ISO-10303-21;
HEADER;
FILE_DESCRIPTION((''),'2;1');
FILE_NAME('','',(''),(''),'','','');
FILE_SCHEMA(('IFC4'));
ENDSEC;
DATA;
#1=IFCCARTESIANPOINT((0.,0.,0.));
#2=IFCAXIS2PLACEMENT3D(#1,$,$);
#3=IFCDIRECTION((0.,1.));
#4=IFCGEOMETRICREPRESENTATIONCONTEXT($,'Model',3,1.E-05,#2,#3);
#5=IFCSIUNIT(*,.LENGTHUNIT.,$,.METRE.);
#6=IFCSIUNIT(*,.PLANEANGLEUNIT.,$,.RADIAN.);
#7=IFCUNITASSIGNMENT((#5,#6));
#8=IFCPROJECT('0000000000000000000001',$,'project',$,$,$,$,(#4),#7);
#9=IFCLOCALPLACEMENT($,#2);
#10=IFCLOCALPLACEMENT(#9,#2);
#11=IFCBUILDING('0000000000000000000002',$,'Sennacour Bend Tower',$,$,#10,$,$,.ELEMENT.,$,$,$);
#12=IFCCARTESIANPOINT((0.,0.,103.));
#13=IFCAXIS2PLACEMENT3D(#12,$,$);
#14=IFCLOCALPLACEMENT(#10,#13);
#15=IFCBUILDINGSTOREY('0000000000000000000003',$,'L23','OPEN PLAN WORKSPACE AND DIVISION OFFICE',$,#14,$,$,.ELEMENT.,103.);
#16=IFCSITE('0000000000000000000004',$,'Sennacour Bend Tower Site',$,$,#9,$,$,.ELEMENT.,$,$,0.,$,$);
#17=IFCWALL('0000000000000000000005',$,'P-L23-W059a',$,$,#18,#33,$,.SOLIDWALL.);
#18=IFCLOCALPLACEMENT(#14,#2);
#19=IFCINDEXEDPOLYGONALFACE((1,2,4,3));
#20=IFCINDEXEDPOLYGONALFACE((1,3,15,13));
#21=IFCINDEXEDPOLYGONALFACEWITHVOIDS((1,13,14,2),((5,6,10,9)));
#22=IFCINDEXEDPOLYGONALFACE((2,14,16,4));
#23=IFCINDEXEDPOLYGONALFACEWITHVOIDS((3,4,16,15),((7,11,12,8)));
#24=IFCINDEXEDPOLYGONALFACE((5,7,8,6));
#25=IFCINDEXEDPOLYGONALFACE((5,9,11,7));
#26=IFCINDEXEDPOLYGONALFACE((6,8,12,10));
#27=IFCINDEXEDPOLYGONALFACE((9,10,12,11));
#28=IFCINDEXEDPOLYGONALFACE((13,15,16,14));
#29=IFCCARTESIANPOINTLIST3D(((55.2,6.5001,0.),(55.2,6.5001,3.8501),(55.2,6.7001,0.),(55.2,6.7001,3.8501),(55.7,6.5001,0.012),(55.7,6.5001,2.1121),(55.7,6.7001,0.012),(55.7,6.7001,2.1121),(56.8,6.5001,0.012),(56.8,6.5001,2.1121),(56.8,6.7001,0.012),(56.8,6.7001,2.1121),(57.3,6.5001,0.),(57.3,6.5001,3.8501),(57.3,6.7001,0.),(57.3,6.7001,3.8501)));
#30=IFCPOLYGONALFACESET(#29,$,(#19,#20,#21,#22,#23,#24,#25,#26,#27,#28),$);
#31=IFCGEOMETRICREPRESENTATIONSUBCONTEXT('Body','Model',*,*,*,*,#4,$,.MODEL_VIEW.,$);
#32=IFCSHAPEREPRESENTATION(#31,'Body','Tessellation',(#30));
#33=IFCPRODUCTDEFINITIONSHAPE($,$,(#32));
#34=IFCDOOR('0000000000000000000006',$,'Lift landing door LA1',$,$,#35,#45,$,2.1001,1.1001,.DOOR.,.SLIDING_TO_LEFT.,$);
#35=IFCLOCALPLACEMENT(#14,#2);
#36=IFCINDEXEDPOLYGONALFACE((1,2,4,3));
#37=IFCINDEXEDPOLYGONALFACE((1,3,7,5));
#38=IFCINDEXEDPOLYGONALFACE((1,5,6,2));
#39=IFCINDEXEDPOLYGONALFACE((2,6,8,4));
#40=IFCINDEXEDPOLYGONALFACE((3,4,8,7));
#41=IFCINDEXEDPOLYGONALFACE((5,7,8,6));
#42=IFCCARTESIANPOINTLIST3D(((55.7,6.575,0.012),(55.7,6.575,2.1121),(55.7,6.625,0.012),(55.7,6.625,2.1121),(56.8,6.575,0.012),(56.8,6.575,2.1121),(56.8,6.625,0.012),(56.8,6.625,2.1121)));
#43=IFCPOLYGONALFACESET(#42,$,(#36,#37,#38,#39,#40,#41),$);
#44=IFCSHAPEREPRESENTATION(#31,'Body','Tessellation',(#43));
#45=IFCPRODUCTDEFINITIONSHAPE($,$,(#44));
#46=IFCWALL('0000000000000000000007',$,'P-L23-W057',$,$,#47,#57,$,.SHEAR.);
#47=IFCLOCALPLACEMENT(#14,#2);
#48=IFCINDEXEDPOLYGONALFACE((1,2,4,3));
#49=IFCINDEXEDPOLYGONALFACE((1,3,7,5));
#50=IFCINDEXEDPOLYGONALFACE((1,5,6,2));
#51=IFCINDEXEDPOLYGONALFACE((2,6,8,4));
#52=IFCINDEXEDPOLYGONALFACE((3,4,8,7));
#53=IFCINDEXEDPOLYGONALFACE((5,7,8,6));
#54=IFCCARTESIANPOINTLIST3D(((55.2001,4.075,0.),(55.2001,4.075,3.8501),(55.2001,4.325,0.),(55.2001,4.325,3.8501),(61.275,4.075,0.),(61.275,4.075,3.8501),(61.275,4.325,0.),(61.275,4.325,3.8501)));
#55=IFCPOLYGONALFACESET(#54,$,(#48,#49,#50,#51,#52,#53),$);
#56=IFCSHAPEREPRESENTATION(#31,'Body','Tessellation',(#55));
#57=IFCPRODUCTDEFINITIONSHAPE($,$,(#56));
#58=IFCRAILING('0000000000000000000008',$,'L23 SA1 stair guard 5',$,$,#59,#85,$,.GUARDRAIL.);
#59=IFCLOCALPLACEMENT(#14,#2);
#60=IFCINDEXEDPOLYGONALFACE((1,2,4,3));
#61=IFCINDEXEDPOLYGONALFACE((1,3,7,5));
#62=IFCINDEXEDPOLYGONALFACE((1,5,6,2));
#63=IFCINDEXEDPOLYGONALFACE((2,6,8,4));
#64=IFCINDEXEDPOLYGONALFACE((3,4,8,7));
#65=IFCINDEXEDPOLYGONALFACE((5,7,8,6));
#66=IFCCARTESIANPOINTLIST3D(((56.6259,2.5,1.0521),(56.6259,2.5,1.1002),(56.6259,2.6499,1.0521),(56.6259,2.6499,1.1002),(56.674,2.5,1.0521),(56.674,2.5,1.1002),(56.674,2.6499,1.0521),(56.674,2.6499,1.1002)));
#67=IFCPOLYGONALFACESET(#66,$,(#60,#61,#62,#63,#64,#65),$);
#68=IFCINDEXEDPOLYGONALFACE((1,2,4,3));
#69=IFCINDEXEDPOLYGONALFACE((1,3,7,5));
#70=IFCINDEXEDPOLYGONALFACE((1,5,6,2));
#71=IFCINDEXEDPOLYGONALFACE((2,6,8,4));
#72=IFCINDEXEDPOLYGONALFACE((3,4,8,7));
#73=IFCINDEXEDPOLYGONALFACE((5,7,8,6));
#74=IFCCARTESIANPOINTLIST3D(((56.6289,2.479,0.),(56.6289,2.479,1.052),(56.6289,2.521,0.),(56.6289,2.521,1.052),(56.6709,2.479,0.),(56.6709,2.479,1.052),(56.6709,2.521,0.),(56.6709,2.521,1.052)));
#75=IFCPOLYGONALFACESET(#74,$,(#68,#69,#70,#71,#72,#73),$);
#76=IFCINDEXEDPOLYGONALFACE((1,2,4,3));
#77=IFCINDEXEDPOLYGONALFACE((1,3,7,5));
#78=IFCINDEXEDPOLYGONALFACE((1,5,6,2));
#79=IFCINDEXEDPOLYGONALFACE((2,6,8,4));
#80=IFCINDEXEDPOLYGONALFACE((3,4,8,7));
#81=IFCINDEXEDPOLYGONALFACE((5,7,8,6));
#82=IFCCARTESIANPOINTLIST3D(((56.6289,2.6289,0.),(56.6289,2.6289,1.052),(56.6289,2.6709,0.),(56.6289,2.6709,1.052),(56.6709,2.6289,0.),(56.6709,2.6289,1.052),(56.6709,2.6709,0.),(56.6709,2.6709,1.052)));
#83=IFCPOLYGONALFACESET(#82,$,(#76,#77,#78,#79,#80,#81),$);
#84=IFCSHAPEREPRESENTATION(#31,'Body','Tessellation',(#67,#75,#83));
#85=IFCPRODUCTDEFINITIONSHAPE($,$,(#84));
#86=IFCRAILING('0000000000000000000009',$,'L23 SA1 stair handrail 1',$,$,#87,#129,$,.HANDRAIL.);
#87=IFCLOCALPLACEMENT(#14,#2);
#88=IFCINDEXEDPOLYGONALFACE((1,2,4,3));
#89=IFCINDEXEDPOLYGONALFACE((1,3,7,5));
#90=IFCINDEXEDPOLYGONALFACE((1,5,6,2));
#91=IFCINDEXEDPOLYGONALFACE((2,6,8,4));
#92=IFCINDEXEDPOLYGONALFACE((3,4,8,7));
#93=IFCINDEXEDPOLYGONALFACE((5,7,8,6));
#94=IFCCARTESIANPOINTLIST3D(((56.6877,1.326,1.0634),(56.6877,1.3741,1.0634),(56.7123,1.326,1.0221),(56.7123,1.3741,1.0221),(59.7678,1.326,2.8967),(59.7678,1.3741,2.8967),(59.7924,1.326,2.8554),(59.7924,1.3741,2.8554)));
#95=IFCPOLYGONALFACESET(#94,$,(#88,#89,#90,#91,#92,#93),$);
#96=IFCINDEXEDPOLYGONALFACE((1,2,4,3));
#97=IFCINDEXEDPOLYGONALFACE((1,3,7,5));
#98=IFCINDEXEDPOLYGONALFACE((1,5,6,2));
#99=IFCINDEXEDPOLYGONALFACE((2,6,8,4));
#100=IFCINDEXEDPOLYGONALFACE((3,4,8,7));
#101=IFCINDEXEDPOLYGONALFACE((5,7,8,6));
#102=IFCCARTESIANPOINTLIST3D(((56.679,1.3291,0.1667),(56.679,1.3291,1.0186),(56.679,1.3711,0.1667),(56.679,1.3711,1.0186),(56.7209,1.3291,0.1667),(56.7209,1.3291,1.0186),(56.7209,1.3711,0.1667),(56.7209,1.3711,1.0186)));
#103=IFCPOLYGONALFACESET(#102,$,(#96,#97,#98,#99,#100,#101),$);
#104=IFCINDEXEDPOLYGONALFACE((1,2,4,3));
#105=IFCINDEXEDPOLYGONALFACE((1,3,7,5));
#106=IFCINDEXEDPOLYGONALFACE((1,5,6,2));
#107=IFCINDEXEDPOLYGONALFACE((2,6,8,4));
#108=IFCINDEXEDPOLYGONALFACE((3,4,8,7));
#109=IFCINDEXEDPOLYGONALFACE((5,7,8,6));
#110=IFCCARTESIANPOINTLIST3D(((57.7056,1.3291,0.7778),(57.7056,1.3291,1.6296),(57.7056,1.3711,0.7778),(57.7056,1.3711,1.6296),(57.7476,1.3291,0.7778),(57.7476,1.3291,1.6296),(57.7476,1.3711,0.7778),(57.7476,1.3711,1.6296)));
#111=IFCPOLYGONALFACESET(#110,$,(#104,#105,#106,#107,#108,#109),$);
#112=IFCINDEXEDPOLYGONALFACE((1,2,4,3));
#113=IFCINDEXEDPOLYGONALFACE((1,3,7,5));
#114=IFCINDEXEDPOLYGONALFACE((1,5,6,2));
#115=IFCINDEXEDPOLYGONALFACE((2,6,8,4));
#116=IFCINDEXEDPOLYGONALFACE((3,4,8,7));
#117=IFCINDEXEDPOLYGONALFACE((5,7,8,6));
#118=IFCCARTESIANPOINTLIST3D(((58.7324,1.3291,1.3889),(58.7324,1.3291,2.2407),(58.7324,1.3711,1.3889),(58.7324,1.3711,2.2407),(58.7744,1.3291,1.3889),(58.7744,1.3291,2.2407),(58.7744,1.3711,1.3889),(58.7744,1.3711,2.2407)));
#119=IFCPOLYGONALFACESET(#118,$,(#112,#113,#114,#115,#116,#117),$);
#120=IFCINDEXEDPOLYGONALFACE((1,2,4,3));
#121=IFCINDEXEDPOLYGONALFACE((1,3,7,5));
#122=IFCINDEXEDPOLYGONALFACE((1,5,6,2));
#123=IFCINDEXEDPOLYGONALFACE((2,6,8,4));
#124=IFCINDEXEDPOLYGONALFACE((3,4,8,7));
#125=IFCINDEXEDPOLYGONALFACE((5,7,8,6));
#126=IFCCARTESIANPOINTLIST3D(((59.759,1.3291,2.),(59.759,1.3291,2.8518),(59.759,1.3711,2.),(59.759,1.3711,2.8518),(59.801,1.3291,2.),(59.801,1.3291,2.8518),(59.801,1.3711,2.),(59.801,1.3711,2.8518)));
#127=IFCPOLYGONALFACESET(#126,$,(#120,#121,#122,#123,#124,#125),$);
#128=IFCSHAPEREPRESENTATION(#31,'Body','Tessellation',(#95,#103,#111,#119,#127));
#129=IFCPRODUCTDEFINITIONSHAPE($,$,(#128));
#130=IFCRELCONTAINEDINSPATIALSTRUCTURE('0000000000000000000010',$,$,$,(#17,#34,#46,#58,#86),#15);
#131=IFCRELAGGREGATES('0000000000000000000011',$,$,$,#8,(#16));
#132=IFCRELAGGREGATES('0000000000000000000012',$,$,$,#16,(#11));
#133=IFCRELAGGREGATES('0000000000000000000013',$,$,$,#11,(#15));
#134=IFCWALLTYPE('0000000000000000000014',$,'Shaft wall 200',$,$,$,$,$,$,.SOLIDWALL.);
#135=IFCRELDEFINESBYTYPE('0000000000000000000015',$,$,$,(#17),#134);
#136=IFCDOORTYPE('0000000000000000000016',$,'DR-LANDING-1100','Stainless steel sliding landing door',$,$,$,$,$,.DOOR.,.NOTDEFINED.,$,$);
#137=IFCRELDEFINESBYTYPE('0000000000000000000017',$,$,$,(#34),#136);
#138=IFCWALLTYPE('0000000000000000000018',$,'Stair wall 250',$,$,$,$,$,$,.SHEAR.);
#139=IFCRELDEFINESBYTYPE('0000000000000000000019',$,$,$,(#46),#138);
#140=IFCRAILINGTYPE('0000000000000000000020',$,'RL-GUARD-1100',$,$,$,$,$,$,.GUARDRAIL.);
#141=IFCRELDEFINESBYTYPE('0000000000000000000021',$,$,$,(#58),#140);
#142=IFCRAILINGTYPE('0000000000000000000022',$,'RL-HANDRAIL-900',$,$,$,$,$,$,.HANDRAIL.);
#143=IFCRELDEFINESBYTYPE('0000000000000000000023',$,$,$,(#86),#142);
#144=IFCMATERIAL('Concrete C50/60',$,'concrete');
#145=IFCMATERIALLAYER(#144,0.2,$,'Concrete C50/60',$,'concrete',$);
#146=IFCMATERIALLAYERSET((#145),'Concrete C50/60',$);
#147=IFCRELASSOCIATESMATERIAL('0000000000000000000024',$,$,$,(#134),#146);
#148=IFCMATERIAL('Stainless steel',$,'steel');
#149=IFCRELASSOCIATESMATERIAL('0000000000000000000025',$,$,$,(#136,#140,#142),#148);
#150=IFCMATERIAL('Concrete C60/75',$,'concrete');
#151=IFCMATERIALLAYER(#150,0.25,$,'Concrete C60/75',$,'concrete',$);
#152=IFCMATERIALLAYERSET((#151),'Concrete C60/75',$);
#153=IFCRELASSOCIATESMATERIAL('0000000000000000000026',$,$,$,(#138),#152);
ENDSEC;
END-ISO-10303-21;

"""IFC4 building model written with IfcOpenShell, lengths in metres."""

from ifc_helpers import new_model, si_unit, direction, frame, frame_2d, origin, origin_2d, place, context, subcontext, project, spatial, rectangle, extrude, material, layer, layer_set, type_object, element, fill, save


model = new_model("IFC4")

# Units and contexts
model_context = context("Model", 3, precision=1e-05, world=origin(), true_north=direction((0.0, 1.0)))
body_context = subcontext(model_context, "Body", "Model", "MODEL_VIEW")
ifc_project = project(units=[si_unit("LENGTHUNIT", "METRE"), si_unit("PLANEANGLEUNIT", "RADIAN")], contexts=[model_context])

# Site, building, storey
site_placement = place(None, origin())
site = spatial("IfcSite", under=ifc_project, at=site_placement, Name="Sennacour Bend Tower Site", CompositionType="ELEMENT", RefElevation=0.0)
building_placement = place(site_placement, origin())
building = spatial("IfcBuilding", under=site, at=building_placement, Name="Sennacour Bend Tower", CompositionType="ELEMENT")
storey_placement = place(building_placement, frame((0.0, 0.0, 103.0)))
storey = spatial("IfcBuildingStorey", under=building, at=storey_placement, Name="L23", Description="OPEN PLAN WORKSPACE AND DIVISION OFFICE", CompositionType="ELEMENT", Elevation=103.0)

# Wall, opening, door
ifc_material_1 = material(Name="Concrete C50/60", Category="concrete")
ifc_layer_1 = layer(ifc_material_1, 0.2, Name="Concrete C50/60", Category="concrete")
ifc_layer_set_1 = layer_set([ifc_layer_1], Name="Concrete C50/60")
wall_type_1 = type_object("IfcWallType", Name="Shaft wall 200", PredefinedType="SOLIDWALL", material=ifc_layer_set_1)
wall_1_placement = place(storey_placement, frame((55.2, 6.6001, 0.0), z_axis=(0.0, 0.0, 1.0), x_axis=(1.0, 0.0, 0.0)))
wall_1 = element("IfcWall", 1, at=wall_1_placement, inside=storey, type_object=wall_type_1, Name="P-L23-W059a", PredefinedType="SOLIDWALL", context=body_context, shape_type="SweptSolid", body=[
    extrude(rectangle(XDim=2.1001, YDim=0.2, at=frame_2d((1.05, 0.0))), origin(), (0.0, 0.0, 1.0), 3.8501),
])
opening_1_placement = place(wall_1_placement, frame((0.5, 0.0, 0.012)))
opening_1 = element("IfcOpeningElement", 2, at=opening_1_placement, cuts=wall_1, PredefinedType="OPENING", context=body_context, shape_type="SweptSolid", body=[
    extrude(rectangle(XDim=1.1001, YDim=2.1001, at=frame_2d((0.55, 1.05))), frame((0.0, 0.1099, 0.0), z_axis=(0.0, -1.0, 0.0), x_axis=(1.0, 0.0, 0.0)), (0.0, 0.0, 1.0), 0.22),
])
ifc_material_2 = material(Name="Stainless steel", Category="steel")
door_type_1 = type_object("IfcDoorType", Name="DR-LANDING-1100", Description="Stainless steel sliding landing door", OperationType="NOTDEFINED", PredefinedType="DOOR", material=ifc_material_2)
door_1_placement = place(opening_1_placement, origin())
door_1 = element("IfcDoor", 3, at=door_1_placement, inside=storey, type_object=door_type_1, Name="Lift landing door LA1", OperationType="SLIDING_TO_LEFT", OverallHeight=2.1001, OverallWidth=1.1001, PredefinedType="DOOR", context=body_context, shape_type="SweptSolid", body=[
    extrude(rectangle(XDim=1.1001, YDim=2.1001, at=frame_2d((0.55, 1.05))), frame((0.0, 0.0249, 0.0), z_axis=(0.0, -1.0, 0.0), x_axis=(1.0, 0.0, 0.0)), (0.0, 0.0, 1.0), 0.05),
])
fill(opening_1, door_1)

# Wall
ifc_material_3 = material(Name="Concrete C60/75", Category="concrete")
ifc_layer_2 = layer(ifc_material_3, 0.25, Name="Concrete C60/75", Category="concrete")
ifc_layer_set_2 = layer_set([ifc_layer_2], Name="Concrete C60/75")
wall_type_2 = type_object("IfcWallType", Name="Stair wall 250", PredefinedType="SHEAR", material=ifc_layer_set_2)
wall_2_placement = place(storey_placement, frame((55.2, 4.2, 0.0), z_axis=(0.0, 0.0, 1.0), x_axis=(1.0, 0.0, 0.0)))
element("IfcWall", 4, at=wall_2_placement, inside=storey, type_object=wall_type_2, Name="P-L23-W057", PredefinedType="SHEAR", context=body_context, shape_type="SweptSolid", body=[
    extrude(rectangle(XDim=6.075, YDim=0.25, at=frame_2d((3.0376, 0.0))), origin(), (0.0, 0.0, 1.0), 3.8501),
])

# Railings
railing_type_1 = type_object("IfcRailingType", Name="RL-GUARD-1100", PredefinedType="GUARDRAIL", material=ifc_material_2)
railing_1_placement = place(storey_placement, frame((56.6499, 2.5, 0.0)))
element("IfcRailing", 5, at=railing_1_placement, inside=storey, type_object=railing_type_1, Name="L23 SA1 stair guard 5", PredefinedType="GUARDRAIL", context=body_context, shape_type="SweptSolid", body=[
    extrude(rectangle(XDim=0.0481, YDim=0.0481, at=origin_2d()), frame((0.0, 0.0, 1.0762), z_axis=(0.0, 1.0, 0.0), x_axis=(-1.0, 0.0, 0.0)), (0.0, 0.0, 1.0), 0.1499),
    extrude(rectangle(XDim=0.042, YDim=0.042, at=origin_2d()), origin(), (0.0, 0.0, 1.0), 1.052),
    extrude(rectangle(XDim=0.042, YDim=0.042, at=origin_2d()), frame((0.0, 0.1499, 0.0)), (0.0, 0.0, 1.0), 1.052),
])
railing_type_2 = type_object("IfcRailingType", Name="RL-HANDRAIL-900", PredefinedType="HANDRAIL", material=ifc_material_2)
railing_2_placement = place(storey_placement, frame((56.7, 1.3501, 0.1667)))
element("IfcRailing", 6, at=railing_2_placement, inside=storey, type_object=railing_type_2, Name="L23 SA1 stair handrail 1", PredefinedType="HANDRAIL", context=body_context, shape_type="SweptSolid", body=[
    extrude(rectangle(XDim=0.0481, YDim=0.0481, at=origin_2d()), frame((0.0, 0.0, 0.876), z_axis=(0.859309, 0.0, 0.511458), x_axis=(0.0, 1.0, 0.0)), (0.0, 0.0, 1.0), 3.5845),
    extrude(rectangle(XDim=0.042, YDim=0.042, at=origin_2d()), origin(), (0.0, 0.0, 1.0), 0.8518),
    extrude(rectangle(XDim=0.042, YDim=0.042, at=origin_2d()), frame((1.0266, 0.0, 0.6111)), (0.0, 0.0, 1.0), 0.8518),
    extrude(rectangle(XDim=0.042, YDim=0.042, at=origin_2d()), frame((2.0535, 0.0, 1.2222)), (0.0, 0.0, 1.0), 0.8518),
    extrude(rectangle(XDim=0.042, YDim=0.042, at=origin_2d()), frame((3.0801, 0.0, 1.8333)), (0.0, 0.0, 1.0), 0.8518),
])

save(model, "model.ifc")
